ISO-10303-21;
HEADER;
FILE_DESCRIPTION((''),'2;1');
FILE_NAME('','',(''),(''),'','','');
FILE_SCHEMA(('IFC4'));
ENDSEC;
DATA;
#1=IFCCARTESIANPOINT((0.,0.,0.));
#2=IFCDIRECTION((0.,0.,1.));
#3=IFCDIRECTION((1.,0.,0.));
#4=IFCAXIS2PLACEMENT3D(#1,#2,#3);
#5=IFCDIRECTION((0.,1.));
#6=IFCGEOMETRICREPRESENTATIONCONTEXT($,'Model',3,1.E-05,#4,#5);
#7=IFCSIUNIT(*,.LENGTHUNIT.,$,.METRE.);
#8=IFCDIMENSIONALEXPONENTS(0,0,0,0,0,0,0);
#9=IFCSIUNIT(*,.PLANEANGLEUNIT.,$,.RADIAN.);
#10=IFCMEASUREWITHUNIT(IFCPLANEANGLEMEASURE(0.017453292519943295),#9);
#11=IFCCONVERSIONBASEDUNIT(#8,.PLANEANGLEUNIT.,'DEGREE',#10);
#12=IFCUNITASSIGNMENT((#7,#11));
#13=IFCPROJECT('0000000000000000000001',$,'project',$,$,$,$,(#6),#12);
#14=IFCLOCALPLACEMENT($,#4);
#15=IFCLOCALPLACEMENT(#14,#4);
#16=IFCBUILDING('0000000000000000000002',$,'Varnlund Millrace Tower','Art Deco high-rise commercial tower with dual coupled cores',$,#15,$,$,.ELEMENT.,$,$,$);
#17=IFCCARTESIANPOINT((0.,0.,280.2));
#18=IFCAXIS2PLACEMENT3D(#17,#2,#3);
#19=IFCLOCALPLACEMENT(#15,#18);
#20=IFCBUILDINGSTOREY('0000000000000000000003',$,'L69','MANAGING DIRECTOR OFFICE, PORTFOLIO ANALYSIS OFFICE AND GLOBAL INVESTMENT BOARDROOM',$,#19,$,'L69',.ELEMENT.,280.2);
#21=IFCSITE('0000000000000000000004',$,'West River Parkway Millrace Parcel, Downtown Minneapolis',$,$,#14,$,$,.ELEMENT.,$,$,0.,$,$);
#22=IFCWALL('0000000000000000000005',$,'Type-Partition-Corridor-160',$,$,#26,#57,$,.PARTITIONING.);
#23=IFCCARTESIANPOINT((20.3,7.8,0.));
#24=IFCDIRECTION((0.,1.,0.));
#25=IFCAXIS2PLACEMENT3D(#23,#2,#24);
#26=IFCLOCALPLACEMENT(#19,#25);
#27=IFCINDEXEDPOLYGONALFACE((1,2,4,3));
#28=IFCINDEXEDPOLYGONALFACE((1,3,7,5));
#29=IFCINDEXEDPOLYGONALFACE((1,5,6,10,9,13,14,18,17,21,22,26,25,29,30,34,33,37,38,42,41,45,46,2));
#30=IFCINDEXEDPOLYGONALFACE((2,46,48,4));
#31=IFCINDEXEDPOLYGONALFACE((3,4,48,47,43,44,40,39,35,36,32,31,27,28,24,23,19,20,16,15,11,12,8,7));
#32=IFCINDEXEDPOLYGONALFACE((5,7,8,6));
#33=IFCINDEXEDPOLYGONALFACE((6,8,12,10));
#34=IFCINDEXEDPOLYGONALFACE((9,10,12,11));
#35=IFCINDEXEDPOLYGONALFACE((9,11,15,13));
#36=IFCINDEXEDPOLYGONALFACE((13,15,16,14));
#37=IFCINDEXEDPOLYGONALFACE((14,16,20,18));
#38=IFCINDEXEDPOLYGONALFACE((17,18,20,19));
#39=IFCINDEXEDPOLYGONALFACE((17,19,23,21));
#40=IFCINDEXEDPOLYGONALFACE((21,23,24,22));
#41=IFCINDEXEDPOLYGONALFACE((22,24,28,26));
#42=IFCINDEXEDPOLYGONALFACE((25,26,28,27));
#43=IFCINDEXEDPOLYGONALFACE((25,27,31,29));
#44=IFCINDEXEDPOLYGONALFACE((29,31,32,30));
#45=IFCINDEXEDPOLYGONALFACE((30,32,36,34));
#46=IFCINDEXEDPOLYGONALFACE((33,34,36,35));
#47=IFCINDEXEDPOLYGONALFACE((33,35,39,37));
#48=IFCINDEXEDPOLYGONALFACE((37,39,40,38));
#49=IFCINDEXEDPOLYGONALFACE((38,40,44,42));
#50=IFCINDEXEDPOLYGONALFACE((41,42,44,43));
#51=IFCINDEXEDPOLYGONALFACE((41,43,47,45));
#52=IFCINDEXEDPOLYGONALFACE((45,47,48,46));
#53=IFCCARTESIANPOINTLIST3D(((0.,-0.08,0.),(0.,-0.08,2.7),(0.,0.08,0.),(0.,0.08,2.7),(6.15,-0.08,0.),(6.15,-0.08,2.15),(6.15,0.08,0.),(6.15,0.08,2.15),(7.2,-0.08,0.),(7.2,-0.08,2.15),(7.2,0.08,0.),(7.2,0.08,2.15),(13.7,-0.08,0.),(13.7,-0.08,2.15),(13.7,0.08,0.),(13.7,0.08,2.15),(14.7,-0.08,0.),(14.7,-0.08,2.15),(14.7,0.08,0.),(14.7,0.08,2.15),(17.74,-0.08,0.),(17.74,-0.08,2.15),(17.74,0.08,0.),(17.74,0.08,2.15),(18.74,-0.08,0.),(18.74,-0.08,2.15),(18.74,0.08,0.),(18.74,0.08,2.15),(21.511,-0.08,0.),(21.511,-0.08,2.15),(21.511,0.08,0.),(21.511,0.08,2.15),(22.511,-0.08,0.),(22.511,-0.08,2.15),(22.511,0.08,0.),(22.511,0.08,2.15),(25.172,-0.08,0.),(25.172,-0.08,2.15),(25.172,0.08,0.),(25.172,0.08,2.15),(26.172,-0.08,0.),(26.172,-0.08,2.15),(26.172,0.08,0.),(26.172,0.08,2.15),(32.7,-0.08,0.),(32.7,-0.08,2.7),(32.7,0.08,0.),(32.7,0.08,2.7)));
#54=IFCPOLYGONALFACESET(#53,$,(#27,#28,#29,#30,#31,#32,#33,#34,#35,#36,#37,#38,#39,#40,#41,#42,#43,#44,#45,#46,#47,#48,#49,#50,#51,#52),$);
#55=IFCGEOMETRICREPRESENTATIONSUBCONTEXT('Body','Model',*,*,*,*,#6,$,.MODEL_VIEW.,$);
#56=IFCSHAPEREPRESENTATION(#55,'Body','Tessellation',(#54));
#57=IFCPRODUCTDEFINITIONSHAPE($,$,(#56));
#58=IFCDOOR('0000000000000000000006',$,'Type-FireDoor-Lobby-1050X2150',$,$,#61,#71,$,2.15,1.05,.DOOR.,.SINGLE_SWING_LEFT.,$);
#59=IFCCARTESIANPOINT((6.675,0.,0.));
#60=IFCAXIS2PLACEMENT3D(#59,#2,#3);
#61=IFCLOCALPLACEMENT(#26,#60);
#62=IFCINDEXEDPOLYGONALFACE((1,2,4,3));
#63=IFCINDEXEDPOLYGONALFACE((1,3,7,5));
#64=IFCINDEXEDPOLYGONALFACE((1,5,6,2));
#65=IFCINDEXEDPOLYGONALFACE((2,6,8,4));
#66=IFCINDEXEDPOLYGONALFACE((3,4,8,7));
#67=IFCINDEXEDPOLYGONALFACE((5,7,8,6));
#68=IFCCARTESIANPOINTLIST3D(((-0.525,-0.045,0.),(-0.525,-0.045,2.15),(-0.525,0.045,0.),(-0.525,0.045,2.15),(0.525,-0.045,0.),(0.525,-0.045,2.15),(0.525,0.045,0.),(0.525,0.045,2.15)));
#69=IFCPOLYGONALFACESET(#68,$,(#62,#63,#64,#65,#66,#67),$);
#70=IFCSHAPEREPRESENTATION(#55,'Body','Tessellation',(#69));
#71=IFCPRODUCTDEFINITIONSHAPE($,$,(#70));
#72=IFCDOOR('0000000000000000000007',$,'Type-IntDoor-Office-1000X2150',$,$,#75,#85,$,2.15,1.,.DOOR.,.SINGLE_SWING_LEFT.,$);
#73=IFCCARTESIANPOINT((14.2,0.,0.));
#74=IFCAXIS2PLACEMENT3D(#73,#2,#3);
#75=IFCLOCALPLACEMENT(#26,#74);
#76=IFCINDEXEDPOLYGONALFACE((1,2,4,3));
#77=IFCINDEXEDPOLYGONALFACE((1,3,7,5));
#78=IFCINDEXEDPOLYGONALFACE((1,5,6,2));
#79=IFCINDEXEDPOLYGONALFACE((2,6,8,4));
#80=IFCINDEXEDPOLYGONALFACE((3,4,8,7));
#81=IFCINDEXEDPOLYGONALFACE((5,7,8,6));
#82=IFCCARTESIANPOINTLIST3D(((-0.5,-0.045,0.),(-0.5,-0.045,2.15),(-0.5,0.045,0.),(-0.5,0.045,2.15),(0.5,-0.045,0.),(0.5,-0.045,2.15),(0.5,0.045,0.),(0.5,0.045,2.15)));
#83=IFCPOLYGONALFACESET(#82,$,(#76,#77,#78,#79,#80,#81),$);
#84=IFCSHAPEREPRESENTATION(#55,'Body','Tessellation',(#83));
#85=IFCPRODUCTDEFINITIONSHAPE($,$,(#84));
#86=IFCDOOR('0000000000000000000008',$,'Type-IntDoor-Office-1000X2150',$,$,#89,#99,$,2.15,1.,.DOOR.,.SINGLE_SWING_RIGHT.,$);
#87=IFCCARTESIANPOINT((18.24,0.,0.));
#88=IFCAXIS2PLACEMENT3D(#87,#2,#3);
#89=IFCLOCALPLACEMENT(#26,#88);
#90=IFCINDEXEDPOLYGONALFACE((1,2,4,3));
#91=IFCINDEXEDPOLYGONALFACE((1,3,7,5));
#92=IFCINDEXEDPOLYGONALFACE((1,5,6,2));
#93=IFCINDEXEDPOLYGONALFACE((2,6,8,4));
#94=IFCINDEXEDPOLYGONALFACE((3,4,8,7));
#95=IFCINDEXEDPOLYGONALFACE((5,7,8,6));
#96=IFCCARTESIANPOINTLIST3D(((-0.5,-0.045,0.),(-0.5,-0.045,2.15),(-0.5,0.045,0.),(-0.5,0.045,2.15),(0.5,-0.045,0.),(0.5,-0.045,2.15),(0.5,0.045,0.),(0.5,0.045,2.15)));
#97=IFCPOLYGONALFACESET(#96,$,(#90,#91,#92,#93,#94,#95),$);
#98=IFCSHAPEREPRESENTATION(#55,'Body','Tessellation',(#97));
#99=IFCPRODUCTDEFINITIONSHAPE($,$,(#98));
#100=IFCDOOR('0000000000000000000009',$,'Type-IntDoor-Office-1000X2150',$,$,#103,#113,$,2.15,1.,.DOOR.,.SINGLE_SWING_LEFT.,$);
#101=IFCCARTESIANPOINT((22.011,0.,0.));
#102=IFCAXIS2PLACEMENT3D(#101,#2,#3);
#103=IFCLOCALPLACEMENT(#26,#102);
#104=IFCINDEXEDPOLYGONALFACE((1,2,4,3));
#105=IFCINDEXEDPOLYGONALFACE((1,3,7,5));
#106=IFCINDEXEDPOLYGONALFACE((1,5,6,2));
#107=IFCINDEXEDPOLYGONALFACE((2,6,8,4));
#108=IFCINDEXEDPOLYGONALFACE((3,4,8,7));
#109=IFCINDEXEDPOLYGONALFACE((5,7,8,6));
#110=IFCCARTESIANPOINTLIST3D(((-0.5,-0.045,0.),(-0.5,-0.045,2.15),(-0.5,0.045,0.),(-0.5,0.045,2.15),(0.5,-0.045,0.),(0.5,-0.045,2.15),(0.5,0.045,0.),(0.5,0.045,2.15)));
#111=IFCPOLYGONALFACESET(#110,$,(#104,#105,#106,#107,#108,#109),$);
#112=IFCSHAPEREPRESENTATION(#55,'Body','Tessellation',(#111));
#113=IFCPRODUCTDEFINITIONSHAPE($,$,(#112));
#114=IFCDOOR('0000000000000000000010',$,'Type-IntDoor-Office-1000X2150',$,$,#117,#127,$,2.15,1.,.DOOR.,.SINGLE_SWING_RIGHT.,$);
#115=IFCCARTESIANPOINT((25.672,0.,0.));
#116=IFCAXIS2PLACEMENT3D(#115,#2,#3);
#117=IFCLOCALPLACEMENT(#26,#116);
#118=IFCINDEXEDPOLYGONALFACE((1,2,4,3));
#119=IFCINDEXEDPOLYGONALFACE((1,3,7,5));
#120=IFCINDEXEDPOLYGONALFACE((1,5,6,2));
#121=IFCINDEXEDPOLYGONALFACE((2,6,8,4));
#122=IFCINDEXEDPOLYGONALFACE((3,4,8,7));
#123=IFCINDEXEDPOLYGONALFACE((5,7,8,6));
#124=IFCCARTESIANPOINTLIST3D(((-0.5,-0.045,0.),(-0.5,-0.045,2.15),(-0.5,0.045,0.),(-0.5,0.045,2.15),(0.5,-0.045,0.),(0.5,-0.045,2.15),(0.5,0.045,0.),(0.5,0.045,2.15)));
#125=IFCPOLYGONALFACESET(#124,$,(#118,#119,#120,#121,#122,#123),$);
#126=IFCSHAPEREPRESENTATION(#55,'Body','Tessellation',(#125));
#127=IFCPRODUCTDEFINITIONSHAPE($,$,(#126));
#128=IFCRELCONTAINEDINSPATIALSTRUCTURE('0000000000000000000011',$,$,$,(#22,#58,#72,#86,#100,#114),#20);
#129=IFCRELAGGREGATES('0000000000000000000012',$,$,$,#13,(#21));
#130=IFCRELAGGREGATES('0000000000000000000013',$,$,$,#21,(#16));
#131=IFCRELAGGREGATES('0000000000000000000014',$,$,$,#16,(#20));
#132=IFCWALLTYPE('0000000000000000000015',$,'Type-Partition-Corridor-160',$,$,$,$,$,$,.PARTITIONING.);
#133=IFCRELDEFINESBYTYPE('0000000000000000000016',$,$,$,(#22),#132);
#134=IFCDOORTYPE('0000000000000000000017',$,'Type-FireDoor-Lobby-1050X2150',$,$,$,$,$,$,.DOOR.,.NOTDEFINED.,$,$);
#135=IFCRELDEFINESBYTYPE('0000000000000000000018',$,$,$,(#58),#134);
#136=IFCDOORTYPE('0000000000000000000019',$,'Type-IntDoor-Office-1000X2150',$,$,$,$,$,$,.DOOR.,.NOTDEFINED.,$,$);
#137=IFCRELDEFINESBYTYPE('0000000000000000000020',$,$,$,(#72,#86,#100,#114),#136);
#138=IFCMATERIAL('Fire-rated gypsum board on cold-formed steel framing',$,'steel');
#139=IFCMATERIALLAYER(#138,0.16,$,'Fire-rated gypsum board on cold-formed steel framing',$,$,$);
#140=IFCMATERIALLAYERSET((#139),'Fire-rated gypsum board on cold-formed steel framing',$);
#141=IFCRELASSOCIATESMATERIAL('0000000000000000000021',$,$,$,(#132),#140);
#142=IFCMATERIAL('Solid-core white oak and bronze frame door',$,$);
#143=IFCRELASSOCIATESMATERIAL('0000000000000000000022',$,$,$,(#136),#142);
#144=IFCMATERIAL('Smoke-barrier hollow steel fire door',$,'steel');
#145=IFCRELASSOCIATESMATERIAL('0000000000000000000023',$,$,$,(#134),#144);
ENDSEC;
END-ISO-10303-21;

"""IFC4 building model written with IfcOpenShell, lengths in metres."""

from ifc_helpers import new_model, entity, si_unit, converted_unit, direction, frame, origin_with_axes, origin_2d_with_axis, place, context, subcontext, project, spatial, polyline, rectangle, outline, extrude, material, layer, layer_set, type_object, element, fill, save


model = new_model("IFC4")

# Units and contexts
model_context = context("Model", 3, precision=1e-05, world=origin_with_axes(), true_north=direction((0.0, 1.0)))
body_context = subcontext(model_context, "Body", "Model", "MODEL_VIEW")
ifc_project = project(units=[si_unit("LENGTHUNIT", "METRE"), converted_unit("PLANEANGLEUNIT", "DEGREE", entity("IfcPlaneAngleMeasure", 0.017453292519943295), si_unit("PLANEANGLEUNIT", "RADIAN"), dimensions=[0, 0, 0, 0, 0, 0, 0])], contexts=[model_context])

# Site, building, storey
site_placement = place(None, origin_with_axes())
site = spatial("IfcSite", under=ifc_project, at=site_placement, Name="West River Parkway Millrace Parcel, Downtown Minneapolis", CompositionType="ELEMENT", RefElevation=0.0)
building_placement = place(site_placement, origin_with_axes())
building = spatial("IfcBuilding", under=site, at=building_placement, Name="Varnlund Millrace Tower", Description="Art Deco high-rise commercial tower with dual coupled cores", CompositionType="ELEMENT")
storey_placement = place(building_placement, frame((0.0, 0.0, 280.2), z_axis=(0.0, 0.0, 1.0), x_axis=(1.0, 0.0, 0.0)))
storey = spatial("IfcBuildingStorey", under=building, at=storey_placement, Name="L69", Description="MANAGING DIRECTOR OFFICE, PORTFOLIO ANALYSIS OFFICE AND GLOBAL INVESTMENT BOARDROOM", LongName="L69", CompositionType="ELEMENT", Elevation=280.2)

# Shared definitions
ifc_material_1 = material(Name="Fire-rated gypsum board on cold-formed steel framing", Category="steel")
ifc_layer_1 = layer(ifc_material_1, 0.16, Name="Fire-rated gypsum board on cold-formed steel framing")
ifc_layer_set_1 = layer_set([ifc_layer_1], Name="Fire-rated gypsum board on cold-formed steel framing")
wall_type_1 = type_object("IfcWallType", Name="Type-Partition-Corridor-160", PredefinedType="PARTITIONING", material=ifc_layer_set_1)
ifc_material_2 = material(Name="Solid-core white oak and bronze frame door")
door_type_1 = type_object("IfcDoorType", Name="Type-IntDoor-Office-1000X2150", OperationType="NOTDEFINED", PredefinedType="DOOR", material=ifc_material_2)

# Wall, openings, doors
wall_1_placement = place(storey_placement, frame((20.3, 7.8, 0.0), z_axis=(0.0, 0.0, 1.0), x_axis=(0.0, 1.0, 0.0)))
wall_1 = element("IfcWall", 1, at=wall_1_placement, inside=storey, type_object=wall_type_1, Name="Type-Partition-Corridor-160", PredefinedType="PARTITIONING", context=body_context, shape_type="SweptSolid", body=[
    extrude(outline(polyline([(0.0, -0.08), (32.7, -0.08), (32.7, 0.08), (0.0, 0.08), (0.0, -0.08)])), origin_with_axes(), (0.0, 0.0, 1.0), 2.7),
])
opening_1_placement = place(wall_1_placement, frame((14.2, 0.0, 0.0), z_axis=(0.0, 0.0, 1.0), x_axis=(1.0, 0.0, 0.0)))
opening_1 = element("IfcOpeningElement", 2, at=opening_1_placement, cuts=wall_1, PredefinedType="OPENING", context=body_context, shape_type="SweptSolid", body=[
    extrude(rectangle(XDim=1.0, YDim=0.18, at=origin_2d_with_axis()), origin_with_axes(), (0.0, 0.0, 1.0), 2.15),
])
opening_2_placement = place(wall_1_placement, frame((18.24, 0.0, 0.0), z_axis=(0.0, 0.0, 1.0), x_axis=(1.0, 0.0, 0.0)))
opening_2 = element("IfcOpeningElement", 3, at=opening_2_placement, cuts=wall_1, PredefinedType="OPENING", context=body_context, shape_type="SweptSolid", body=[
    extrude(rectangle(XDim=1.0, YDim=0.18, at=origin_2d_with_axis()), origin_with_axes(), (0.0, 0.0, 1.0), 2.15),
])
opening_3_placement = place(wall_1_placement, frame((22.011, 0.0, 0.0), z_axis=(0.0, 0.0, 1.0), x_axis=(1.0, 0.0, 0.0)))
opening_3 = element("IfcOpeningElement", 4, at=opening_3_placement, cuts=wall_1, PredefinedType="OPENING", context=body_context, shape_type="SweptSolid", body=[
    extrude(rectangle(XDim=1.0, YDim=0.18, at=origin_2d_with_axis()), origin_with_axes(), (0.0, 0.0, 1.0), 2.15),
])
opening_4_placement = place(wall_1_placement, frame((25.672, 0.0, 0.0), z_axis=(0.0, 0.0, 1.0), x_axis=(1.0, 0.0, 0.0)))
opening_4 = element("IfcOpeningElement", 5, at=opening_4_placement, cuts=wall_1, PredefinedType="OPENING", context=body_context, shape_type="SweptSolid", body=[
    extrude(rectangle(XDim=1.0, YDim=0.18, at=origin_2d_with_axis()), origin_with_axes(), (0.0, 0.0, 1.0), 2.15),
])
opening_5_placement = place(wall_1_placement, frame((6.675, 0.0, 0.0), z_axis=(0.0, 0.0, 1.0), x_axis=(1.0, 0.0, 0.0)))
opening_5 = element("IfcOpeningElement", 6, at=opening_5_placement, cuts=wall_1, PredefinedType="OPENING", context=body_context, shape_type="SweptSolid", body=[
    extrude(rectangle(XDim=1.05, YDim=0.18, at=origin_2d_with_axis()), origin_with_axes(), (0.0, 0.0, 1.0), 2.15),
])
ifc_material_3 = material(Name="Smoke-barrier hollow steel fire door", Category="steel")
door_type_2 = type_object("IfcDoorType", Name="Type-FireDoor-Lobby-1050X2150", OperationType="NOTDEFINED", PredefinedType="DOOR", material=ifc_material_3)
door_1_placement = place(wall_1_placement, frame((6.675, 0.0, 0.0), z_axis=(0.0, 0.0, 1.0), x_axis=(1.0, 0.0, 0.0)))
door_1 = element("IfcDoor", 7, at=door_1_placement, inside=storey, type_object=door_type_2, Name="Type-FireDoor-Lobby-1050X2150", OperationType="SINGLE_SWING_LEFT", OverallHeight=2.15, OverallWidth=1.05, PredefinedType="DOOR", context=body_context, shape_type="SweptSolid", body=[
    extrude(rectangle(XDim=1.05, YDim=0.09, at=origin_2d_with_axis()), origin_with_axes(), (0.0, 0.0, 1.0), 2.15),
])
fill(opening_5, door_1)
door_2_placement = place(wall_1_placement, frame((14.2, 0.0, 0.0), z_axis=(0.0, 0.0, 1.0), x_axis=(1.0, 0.0, 0.0)))
door_2 = element("IfcDoor", 8, at=door_2_placement, inside=storey, type_object=door_type_1, Name="Type-IntDoor-Office-1000X2150", OperationType="SINGLE_SWING_LEFT", OverallHeight=2.15, OverallWidth=1.0, PredefinedType="DOOR", context=body_context, shape_type="SweptSolid", body=[
    extrude(rectangle(XDim=1.0, YDim=0.09, at=origin_2d_with_axis()), origin_with_axes(), (0.0, 0.0, 1.0), 2.15),
])
fill(opening_1, door_2)
door_3_placement = place(wall_1_placement, frame((18.24, 0.0, 0.0), z_axis=(0.0, 0.0, 1.0), x_axis=(1.0, 0.0, 0.0)))
door_3 = element("IfcDoor", 9, at=door_3_placement, inside=storey, type_object=door_type_1, Name="Type-IntDoor-Office-1000X2150", OperationType="SINGLE_SWING_RIGHT", OverallHeight=2.15, OverallWidth=1.0, PredefinedType="DOOR", context=body_context, shape_type="SweptSolid", body=[
    extrude(rectangle(XDim=1.0, YDim=0.09, at=origin_2d_with_axis()), origin_with_axes(), (0.0, 0.0, 1.0), 2.15),
])
fill(opening_2, door_3)
door_4_placement = place(wall_1_placement, frame((22.011, 0.0, 0.0), z_axis=(0.0, 0.0, 1.0), x_axis=(1.0, 0.0, 0.0)))
door_4 = element("IfcDoor", 10, at=door_4_placement, inside=storey, type_object=door_type_1, Name="Type-IntDoor-Office-1000X2150", OperationType="SINGLE_SWING_LEFT", OverallHeight=2.15, OverallWidth=1.0, PredefinedType="DOOR", context=body_context, shape_type="SweptSolid", body=[
    extrude(rectangle(XDim=1.0, YDim=0.09, at=origin_2d_with_axis()), origin_with_axes(), (0.0, 0.0, 1.0), 2.15),
])
fill(opening_3, door_4)
door_5_placement = place(wall_1_placement, frame((25.672, 0.0, 0.0), z_axis=(0.0, 0.0, 1.0), x_axis=(1.0, 0.0, 0.0)))
door_5 = element("IfcDoor", 11, at=door_5_placement, inside=storey, type_object=door_type_1, Name="Type-IntDoor-Office-1000X2150", OperationType="SINGLE_SWING_RIGHT", OverallHeight=2.15, OverallWidth=1.0, PredefinedType="DOOR", context=body_context, shape_type="SweptSolid", body=[
    extrude(rectangle(XDim=1.0, YDim=0.09, at=origin_2d_with_axis()), origin_with_axes(), (0.0, 0.0, 1.0), 2.15),
])
fill(opening_4, door_5)

save(model, "model.ifc")
